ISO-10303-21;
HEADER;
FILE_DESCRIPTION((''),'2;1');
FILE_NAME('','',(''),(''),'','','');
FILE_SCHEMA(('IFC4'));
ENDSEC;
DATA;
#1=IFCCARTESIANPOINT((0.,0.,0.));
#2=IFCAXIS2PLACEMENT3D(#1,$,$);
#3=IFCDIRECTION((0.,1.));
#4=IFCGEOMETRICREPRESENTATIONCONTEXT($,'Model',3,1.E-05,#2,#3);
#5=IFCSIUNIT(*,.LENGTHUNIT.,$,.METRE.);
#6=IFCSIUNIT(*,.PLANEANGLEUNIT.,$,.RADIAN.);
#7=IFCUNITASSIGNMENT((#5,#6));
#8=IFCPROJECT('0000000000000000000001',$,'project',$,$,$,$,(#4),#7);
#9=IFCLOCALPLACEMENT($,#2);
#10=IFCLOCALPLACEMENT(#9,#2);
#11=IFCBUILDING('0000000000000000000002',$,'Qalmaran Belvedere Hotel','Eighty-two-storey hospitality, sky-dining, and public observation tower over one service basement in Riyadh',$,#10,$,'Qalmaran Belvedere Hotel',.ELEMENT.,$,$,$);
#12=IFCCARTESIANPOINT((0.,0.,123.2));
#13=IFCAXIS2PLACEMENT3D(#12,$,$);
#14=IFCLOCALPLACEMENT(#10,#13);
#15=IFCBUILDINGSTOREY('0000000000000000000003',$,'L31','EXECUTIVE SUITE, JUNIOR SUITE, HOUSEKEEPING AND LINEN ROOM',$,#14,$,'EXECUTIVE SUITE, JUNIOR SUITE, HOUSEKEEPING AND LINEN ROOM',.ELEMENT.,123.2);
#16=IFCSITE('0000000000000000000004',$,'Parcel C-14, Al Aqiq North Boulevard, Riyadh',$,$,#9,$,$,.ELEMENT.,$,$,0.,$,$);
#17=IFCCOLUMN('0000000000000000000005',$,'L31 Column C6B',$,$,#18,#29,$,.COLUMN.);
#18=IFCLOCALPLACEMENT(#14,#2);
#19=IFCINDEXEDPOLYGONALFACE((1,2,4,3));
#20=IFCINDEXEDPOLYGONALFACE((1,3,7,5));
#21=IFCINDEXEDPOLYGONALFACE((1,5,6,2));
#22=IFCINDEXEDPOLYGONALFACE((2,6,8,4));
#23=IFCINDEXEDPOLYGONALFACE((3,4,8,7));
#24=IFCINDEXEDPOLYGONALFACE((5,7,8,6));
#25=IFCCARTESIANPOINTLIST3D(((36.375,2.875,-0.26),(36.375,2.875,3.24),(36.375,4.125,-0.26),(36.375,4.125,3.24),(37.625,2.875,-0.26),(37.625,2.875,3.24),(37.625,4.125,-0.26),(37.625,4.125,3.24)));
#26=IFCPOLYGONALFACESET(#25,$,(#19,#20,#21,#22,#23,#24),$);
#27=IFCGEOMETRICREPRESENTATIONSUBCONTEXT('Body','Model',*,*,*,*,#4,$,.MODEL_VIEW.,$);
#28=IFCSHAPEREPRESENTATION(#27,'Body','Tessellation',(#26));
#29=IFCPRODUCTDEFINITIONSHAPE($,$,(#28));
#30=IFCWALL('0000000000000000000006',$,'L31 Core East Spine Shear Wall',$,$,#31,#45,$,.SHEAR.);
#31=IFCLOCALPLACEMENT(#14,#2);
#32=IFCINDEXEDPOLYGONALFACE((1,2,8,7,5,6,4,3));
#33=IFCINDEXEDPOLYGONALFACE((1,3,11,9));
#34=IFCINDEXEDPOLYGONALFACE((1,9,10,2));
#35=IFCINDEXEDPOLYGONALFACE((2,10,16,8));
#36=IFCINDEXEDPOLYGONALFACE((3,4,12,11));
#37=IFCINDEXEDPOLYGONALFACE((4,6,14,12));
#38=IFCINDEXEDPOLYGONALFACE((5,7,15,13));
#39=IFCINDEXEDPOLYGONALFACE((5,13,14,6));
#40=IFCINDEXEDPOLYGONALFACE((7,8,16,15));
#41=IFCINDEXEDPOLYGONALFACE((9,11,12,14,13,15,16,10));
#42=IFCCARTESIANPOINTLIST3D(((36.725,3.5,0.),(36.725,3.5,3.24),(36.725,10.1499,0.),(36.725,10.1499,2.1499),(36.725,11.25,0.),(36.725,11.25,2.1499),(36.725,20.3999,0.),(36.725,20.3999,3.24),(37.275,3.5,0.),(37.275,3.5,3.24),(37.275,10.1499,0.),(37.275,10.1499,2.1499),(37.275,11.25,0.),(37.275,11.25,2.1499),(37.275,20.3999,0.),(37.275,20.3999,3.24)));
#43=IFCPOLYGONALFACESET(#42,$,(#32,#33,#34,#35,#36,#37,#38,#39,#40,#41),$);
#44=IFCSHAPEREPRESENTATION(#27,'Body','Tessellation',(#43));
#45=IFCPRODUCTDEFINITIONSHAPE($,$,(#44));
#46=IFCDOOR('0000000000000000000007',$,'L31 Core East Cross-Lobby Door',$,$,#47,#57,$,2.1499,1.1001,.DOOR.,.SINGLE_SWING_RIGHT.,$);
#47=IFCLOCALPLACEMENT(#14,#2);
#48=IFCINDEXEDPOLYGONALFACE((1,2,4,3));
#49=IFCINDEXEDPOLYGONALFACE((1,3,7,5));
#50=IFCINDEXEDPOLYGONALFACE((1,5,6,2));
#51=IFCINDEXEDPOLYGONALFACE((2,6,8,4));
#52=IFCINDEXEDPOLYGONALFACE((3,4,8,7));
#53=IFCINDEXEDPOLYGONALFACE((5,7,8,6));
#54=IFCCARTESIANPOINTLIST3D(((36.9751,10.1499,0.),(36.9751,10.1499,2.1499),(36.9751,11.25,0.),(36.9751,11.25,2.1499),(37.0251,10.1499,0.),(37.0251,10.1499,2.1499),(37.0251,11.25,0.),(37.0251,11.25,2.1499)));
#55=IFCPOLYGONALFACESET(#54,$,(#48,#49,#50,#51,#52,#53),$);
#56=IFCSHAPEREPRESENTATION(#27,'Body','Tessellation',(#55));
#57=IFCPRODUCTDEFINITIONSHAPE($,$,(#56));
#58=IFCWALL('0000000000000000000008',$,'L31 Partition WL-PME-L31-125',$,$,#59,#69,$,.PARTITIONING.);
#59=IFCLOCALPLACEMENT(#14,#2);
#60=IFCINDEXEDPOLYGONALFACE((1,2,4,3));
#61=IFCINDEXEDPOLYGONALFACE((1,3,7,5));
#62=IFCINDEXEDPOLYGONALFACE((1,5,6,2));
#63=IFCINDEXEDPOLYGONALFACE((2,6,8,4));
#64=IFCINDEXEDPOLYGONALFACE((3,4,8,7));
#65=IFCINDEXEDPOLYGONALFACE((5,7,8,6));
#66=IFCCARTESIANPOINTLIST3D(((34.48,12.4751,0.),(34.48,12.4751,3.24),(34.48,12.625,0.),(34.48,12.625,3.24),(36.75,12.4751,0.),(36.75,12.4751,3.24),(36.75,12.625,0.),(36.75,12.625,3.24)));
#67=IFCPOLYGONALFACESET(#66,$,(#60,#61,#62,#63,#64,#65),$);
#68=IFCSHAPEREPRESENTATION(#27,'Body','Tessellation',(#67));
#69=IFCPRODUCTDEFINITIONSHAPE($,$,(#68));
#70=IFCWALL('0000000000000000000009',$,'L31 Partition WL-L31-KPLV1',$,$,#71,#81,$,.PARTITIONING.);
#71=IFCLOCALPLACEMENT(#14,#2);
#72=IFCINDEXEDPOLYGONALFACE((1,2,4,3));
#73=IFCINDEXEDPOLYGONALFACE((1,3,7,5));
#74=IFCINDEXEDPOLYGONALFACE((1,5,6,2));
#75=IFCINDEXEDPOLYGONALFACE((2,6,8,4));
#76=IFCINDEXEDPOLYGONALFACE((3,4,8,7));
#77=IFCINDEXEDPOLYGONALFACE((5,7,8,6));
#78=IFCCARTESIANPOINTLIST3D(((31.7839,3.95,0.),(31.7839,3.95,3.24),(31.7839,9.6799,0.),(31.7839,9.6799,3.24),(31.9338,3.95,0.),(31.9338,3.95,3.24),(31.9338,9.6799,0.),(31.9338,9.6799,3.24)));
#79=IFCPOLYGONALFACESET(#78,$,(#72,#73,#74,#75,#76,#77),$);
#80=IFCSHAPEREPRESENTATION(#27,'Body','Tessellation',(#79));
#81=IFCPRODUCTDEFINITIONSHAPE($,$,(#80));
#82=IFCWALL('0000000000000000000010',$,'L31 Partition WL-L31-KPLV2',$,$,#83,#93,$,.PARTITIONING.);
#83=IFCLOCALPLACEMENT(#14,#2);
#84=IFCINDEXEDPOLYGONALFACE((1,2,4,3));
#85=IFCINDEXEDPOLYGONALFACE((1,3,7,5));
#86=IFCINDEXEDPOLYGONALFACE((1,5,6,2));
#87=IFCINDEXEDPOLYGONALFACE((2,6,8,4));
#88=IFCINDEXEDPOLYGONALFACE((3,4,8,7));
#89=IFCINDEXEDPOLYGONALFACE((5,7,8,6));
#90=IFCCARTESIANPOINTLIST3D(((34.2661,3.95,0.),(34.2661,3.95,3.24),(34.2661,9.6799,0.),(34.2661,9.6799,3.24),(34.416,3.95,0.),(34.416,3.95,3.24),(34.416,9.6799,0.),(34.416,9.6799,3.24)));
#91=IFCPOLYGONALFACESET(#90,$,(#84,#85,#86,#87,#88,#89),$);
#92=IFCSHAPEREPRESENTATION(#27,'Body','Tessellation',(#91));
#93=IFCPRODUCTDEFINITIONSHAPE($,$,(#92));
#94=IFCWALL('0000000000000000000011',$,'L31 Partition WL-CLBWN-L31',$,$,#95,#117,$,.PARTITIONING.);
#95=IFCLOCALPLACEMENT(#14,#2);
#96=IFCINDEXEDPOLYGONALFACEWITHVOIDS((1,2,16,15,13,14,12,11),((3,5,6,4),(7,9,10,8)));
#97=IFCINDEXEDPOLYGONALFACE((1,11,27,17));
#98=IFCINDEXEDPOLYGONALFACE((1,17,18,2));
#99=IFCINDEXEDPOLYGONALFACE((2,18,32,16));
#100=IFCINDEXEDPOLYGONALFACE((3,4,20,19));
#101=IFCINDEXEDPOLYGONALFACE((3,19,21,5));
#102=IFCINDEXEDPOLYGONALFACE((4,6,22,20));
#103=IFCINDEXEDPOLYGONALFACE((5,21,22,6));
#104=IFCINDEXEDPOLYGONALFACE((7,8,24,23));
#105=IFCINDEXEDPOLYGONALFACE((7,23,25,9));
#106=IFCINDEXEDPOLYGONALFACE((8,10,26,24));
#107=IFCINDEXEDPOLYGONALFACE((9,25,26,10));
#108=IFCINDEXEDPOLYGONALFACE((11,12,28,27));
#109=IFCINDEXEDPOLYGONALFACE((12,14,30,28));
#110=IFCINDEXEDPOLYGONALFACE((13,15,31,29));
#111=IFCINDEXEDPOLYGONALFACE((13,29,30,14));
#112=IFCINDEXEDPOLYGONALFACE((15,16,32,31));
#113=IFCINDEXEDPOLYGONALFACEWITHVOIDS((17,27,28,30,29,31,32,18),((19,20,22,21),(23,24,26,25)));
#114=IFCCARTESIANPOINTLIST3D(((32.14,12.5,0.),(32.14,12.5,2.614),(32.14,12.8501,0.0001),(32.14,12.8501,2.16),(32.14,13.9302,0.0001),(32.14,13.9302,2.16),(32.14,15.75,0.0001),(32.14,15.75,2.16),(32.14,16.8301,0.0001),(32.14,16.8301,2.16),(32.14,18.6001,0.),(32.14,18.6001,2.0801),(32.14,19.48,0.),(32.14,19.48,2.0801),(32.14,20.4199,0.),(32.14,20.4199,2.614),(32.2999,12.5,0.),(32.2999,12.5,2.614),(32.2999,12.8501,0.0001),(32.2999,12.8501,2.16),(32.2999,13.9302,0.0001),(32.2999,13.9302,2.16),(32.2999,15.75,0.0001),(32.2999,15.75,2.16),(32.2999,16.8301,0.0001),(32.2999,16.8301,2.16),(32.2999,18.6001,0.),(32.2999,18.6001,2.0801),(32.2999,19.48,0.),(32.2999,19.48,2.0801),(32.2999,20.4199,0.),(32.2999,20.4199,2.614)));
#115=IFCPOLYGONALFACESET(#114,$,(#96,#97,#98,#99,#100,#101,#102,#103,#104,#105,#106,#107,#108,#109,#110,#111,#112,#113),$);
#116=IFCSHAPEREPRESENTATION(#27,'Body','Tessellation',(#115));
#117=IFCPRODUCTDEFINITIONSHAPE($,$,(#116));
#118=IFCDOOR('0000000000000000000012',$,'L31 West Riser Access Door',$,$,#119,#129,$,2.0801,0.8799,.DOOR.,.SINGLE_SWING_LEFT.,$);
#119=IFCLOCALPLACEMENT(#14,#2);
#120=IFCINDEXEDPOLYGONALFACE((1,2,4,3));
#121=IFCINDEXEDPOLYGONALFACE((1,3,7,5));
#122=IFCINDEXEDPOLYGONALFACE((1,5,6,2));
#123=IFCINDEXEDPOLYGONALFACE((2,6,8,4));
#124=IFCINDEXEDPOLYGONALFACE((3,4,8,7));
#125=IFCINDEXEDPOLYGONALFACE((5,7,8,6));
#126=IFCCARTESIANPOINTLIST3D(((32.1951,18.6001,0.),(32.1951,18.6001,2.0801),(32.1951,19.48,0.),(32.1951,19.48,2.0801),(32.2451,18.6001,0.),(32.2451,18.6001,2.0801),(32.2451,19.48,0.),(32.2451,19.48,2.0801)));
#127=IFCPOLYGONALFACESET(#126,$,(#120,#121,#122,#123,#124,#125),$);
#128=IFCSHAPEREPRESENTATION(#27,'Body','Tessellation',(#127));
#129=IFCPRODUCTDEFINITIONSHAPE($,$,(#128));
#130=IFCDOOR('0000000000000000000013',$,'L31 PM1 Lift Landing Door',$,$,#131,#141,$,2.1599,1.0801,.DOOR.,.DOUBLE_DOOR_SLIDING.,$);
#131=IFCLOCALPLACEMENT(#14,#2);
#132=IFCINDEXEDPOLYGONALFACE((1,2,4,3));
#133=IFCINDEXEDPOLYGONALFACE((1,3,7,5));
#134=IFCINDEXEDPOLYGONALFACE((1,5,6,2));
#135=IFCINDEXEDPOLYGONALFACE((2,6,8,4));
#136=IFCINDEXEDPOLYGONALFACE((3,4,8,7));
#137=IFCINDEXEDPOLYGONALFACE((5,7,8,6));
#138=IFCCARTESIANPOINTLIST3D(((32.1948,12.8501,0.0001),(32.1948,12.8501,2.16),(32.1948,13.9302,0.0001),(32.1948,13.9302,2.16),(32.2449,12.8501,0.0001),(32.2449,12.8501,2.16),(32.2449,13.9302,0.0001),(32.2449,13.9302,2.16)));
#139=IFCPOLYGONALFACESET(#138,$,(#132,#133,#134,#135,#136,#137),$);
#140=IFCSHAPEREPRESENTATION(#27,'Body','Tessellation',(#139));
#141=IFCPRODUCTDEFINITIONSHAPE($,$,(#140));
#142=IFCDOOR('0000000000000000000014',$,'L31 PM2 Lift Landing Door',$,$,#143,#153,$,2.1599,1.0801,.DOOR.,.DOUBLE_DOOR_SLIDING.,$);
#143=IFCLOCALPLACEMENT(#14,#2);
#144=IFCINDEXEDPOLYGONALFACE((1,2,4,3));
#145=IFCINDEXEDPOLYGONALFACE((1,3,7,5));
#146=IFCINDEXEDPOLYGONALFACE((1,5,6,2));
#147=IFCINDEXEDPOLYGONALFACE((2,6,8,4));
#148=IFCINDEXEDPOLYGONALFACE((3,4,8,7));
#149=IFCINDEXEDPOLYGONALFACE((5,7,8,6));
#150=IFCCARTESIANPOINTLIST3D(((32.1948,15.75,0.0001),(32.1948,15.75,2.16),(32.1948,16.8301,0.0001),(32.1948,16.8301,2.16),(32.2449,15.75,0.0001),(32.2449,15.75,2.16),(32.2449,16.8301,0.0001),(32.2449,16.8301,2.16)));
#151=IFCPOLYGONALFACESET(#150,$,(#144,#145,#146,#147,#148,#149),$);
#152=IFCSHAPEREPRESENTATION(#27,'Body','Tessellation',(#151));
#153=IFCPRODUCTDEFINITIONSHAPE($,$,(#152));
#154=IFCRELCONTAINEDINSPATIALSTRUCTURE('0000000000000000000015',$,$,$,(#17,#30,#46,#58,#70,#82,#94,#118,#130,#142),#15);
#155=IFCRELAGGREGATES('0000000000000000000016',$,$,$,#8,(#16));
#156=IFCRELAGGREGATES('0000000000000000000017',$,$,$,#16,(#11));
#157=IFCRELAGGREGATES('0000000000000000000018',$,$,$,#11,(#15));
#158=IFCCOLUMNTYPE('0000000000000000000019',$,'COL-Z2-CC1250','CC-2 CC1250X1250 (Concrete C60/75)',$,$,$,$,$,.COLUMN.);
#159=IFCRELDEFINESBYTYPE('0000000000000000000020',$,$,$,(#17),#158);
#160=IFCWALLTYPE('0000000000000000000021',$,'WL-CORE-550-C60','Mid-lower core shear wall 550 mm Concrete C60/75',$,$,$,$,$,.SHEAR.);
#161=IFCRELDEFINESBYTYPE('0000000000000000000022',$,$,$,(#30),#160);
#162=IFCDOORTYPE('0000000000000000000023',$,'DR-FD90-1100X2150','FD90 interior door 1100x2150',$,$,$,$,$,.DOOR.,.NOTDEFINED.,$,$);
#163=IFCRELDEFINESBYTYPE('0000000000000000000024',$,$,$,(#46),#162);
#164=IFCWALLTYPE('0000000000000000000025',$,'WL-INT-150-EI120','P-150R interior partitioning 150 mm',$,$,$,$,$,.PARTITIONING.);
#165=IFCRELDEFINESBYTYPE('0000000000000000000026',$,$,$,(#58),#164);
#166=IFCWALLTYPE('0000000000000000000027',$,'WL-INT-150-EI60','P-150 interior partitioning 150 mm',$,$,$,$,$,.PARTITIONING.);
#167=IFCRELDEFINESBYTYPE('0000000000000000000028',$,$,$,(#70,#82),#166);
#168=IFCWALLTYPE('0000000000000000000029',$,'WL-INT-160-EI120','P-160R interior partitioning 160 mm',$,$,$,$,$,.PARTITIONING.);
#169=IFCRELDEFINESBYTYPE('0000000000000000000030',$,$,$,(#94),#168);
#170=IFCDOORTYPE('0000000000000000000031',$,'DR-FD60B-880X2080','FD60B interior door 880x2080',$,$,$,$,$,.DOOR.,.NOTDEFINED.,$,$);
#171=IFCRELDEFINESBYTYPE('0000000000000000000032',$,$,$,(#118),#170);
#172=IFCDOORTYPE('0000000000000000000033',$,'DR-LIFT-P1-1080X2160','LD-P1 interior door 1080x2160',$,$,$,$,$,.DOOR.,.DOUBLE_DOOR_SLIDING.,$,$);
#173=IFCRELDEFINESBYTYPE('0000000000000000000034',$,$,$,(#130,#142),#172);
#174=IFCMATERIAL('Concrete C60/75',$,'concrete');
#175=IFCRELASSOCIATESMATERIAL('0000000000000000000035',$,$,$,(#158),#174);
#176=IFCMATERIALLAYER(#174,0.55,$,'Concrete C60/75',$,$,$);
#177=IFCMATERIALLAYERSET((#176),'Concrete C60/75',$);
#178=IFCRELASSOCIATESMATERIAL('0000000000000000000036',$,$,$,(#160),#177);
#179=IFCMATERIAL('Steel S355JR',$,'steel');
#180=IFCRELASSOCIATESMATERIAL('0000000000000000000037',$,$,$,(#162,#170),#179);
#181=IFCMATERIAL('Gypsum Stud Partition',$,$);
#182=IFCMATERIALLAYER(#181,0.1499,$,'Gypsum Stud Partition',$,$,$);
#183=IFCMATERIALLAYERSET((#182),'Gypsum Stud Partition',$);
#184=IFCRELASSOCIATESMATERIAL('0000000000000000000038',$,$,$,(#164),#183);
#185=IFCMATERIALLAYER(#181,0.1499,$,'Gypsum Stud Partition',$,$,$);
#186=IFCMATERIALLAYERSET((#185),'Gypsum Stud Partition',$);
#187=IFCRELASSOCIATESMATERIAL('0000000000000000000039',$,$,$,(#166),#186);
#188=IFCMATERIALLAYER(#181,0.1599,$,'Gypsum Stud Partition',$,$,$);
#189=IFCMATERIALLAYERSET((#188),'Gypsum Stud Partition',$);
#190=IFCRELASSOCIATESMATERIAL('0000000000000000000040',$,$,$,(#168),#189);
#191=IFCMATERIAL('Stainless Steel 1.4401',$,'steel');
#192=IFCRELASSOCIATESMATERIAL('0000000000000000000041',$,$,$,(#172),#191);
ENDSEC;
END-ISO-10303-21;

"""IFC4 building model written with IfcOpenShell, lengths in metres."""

from ifc_helpers import new_model, si_unit, direction, frame, frame_2d, origin, origin_2d, place, context, subcontext, project, spatial, rectangle, extrude, material, layer, layer_set, material_profile, profile_set, type_object, element, fill, save


model = new_model("IFC4")

# Units and contexts
model_context = context("Model", 3, precision=1e-05, world=origin(), true_north=direction((0.0, 1.0)))
body_context = subcontext(model_context, "Body", "Model", "MODEL_VIEW")
ifc_project = project(units=[si_unit("LENGTHUNIT", "METRE"), si_unit("PLANEANGLEUNIT", "RADIAN")], contexts=[model_context])

# Site, building, storey
site_placement = place(None, origin())
site = spatial("IfcSite", under=ifc_project, at=site_placement, Name="Parcel C-14, Al Aqiq North Boulevard, Riyadh", CompositionType="ELEMENT", RefElevation=0.0)
building_placement = place(site_placement, origin())
building = spatial("IfcBuilding", under=site, at=building_placement, Name="Qalmaran Belvedere Hotel", Description="Eighty-two-storey hospitality, sky-dining, and public observation tower over one service basement in Riyadh", LongName="Qalmaran Belvedere Hotel", CompositionType="ELEMENT")
storey_placement = place(building_placement, frame((0.0, 0.0, 123.2)))
storey = spatial("IfcBuildingStorey", under=building, at=storey_placement, Name="L31", Description="EXECUTIVE SUITE, JUNIOR SUITE, HOUSEKEEPING AND LINEN ROOM", LongName="EXECUTIVE SUITE, JUNIOR SUITE, HOUSEKEEPING AND LINEN ROOM", CompositionType="ELEMENT", Elevation=123.2)

# Column
ifc_material_1 = material(Name="Concrete C60/75", Category="concrete")
ifc_material_profile = material_profile(ifc_material_1, rectangle(XDim=1.25, YDim=1.25, at=origin_2d()), Name="CC1250X1250")
ifc_profile_set = profile_set([ifc_material_profile], Name="Concrete C60/75")
column_type = type_object("IfcColumnType", Name="COL-Z2-CC1250", Description="CC-2 CC1250X1250 (Concrete C60/75)", PredefinedType="COLUMN", material=ifc_profile_set)
column_placement = place(storey_placement, frame((37.0, 3.5, -0.26), z_axis=(0.0, 0.0, 1.0), x_axis=(1.0, 0.0, 0.0)))
element("IfcColumn", 1, at=column_placement, inside=storey, type_object=column_type, Name="L31 Column C6B", PredefinedType="COLUMN", context=body_context, shape_type="SweptSolid", body=[
    extrude(rectangle(XDim=1.25, YDim=1.25, at=origin_2d()), origin(), (0.0, 0.0, 1.0), 3.5),
])

# Wall, opening, door
ifc_layer_1 = layer(ifc_material_1, 0.55, Name="Concrete C60/75")
ifc_layer_set_1 = layer_set([ifc_layer_1], Name="Concrete C60/75")
wall_type_1 = type_object("IfcWallType", Name="WL-CORE-550-C60", Description="Mid-lower core shear wall 550 mm Concrete C60/75", PredefinedType="SHEAR", material=ifc_layer_set_1)
wall_1_placement = place(storey_placement, frame((37.0, 3.5, 0.0), z_axis=(0.0, 0.0, 1.0), x_axis=(0.0, 1.0, 0.0)))
wall_1 = element("IfcWall", 2, at=wall_1_placement, inside=storey, type_object=wall_type_1, Name="L31 Core East Spine Shear Wall", PredefinedType="SHEAR", context=body_context, shape_type="SweptSolid", body=[
    extrude(rectangle(XDim=16.8999, YDim=0.55, at=frame_2d((8.45, 0.0))), origin(), (0.0, 0.0, 1.0), 3.24),
])
opening_1_placement = place(wall_1_placement, frame((6.6499, 0.0, 0.0)))
opening_1 = element("IfcOpeningElement", 3, at=opening_1_placement, cuts=wall_1, PredefinedType="OPENING", context=body_context, shape_type="SweptSolid", body=[
    extrude(rectangle(XDim=1.1001, YDim=2.1499, at=frame_2d((0.55, 1.075))), frame((0.0, 0.2852, 0.0), z_axis=(0.0, -1.0, 0.0), x_axis=(1.0, 0.0, 0.0)), (0.0, 0.0, 1.0), 0.5701),
])
ifc_material_2 = material(Name="Steel S355JR", Category="steel")
door_type_1 = type_object("IfcDoorType", Name="DR-FD90-1100X2150", Description="FD90 interior door 1100x2150", OperationType="NOTDEFINED", PredefinedType="DOOR", material=ifc_material_2)
door_1_placement = place(opening_1_placement, origin())
door_1 = element("IfcDoor", 4, at=door_1_placement, inside=storey, type_object=door_type_1, Name="L31 Core East Cross-Lobby Door", OperationType="SINGLE_SWING_RIGHT", OverallHeight=2.1499, OverallWidth=1.1001, PredefinedType="DOOR", context=body_context, shape_type="SweptSolid", body=[
    extrude(rectangle(XDim=1.1001, YDim=2.1499, at=frame_2d((0.55, 1.075))), frame((0.0, 0.0249, 0.0), z_axis=(0.0, -1.0, 0.0), x_axis=(1.0, 0.0, 0.0)), (0.0, 0.0, 1.0), 0.05),
])
fill(opening_1, door_1)

# Walls
ifc_material_3 = material(Name="Gypsum Stud Partition")
ifc_layer_2 = layer(ifc_material_3, 0.1499, Name="Gypsum Stud Partition")
ifc_layer_set_2 = layer_set([ifc_layer_2], Name="Gypsum Stud Partition")
wall_type_2 = type_object("IfcWallType", Name="WL-INT-150-EI120", Description="P-150R interior partitioning 150 mm", PredefinedType="PARTITIONING", material=ifc_layer_set_2)
wall_2_placement = place(storey_placement, frame((34.48, 12.55, 0.0), z_axis=(0.0, 0.0, 1.0), x_axis=(1.0, 0.0, 0.0)))
element("IfcWall", 5, at=wall_2_placement, inside=storey, type_object=wall_type_2, Name="L31 Partition WL-PME-L31-125", PredefinedType="PARTITIONING", context=body_context, shape_type="SweptSolid", body=[
    extrude(rectangle(XDim=2.27, YDim=0.1499, at=frame_2d((1.135, 0.0))), origin(), (0.0, 0.0, 1.0), 3.24),
])
ifc_layer_3 = layer(ifc_material_3, 0.1499, Name="Gypsum Stud Partition")
ifc_layer_set_3 = layer_set([ifc_layer_3], Name="Gypsum Stud Partition")
wall_type_3 = type_object("IfcWallType", Name="WL-INT-150-EI60", Description="P-150 interior partitioning 150 mm", PredefinedType="PARTITIONING", material=ifc_layer_set_3)
for number, where, z_axis, x_axis, name in (
    (6, (31.8589, 3.95, 0.0), (0.0, 0.0, 1.0), (0.0, 1.0, 0.0), "L31 Partition WL-L31-KPLV1"),
    (7, (34.3411, 3.95, 0.0), (0.0, 0.0, 1.0), (0.0, 1.0, 0.0), "L31 Partition WL-L31-KPLV2"),
):
    element("IfcWall", number, at=place(storey_placement, frame(where, z_axis=z_axis, x_axis=x_axis)), inside=storey, type_object=wall_type_3, Name=name, PredefinedType="PARTITIONING", context=body_context, shape_type="SweptSolid", body=[
        extrude(rectangle(XDim=5.73, YDim=0.1499, at=frame_2d((2.865, 0.0))), origin(), (0.0, 0.0, 1.0), 3.24),
    ])

# Wall, openings, doors
ifc_layer_4 = layer(ifc_material_3, 0.1599, Name="Gypsum Stud Partition")
ifc_layer_set_4 = layer_set([ifc_layer_4], Name="Gypsum Stud Partition")
wall_type_4 = type_object("IfcWallType", Name="WL-INT-160-EI120", Description="P-160R interior partitioning 160 mm", PredefinedType="PARTITIONING", material=ifc_layer_set_4)
wall_3_placement = place(storey_placement, frame((32.22, 12.5, 0.0), z_axis=(0.0, 0.0, 1.0), x_axis=(0.0, 1.0, 0.0)))
wall_3 = element("IfcWall", 8, at=wall_3_placement, inside=storey, type_object=wall_type_4, Name="L31 Partition WL-CLBWN-L31", PredefinedType="PARTITIONING", context=body_context, shape_type="SweptSolid", body=[
    extrude(rectangle(XDim=7.9199, YDim=0.1599, at=frame_2d((3.96, 0.0))), origin(), (0.0, 0.0, 1.0), 2.614),
])
opening_2_placement = place(wall_3_placement, frame((1.4302, 0.0, 0.0), z_axis=(0.0, 0.0, 1.0), x_axis=(-1.0, 0.0, 0.0)))
opening_2 = element("IfcOpeningElement", 9, at=opening_2_placement, cuts=wall_3, PredefinedType="OPENING", context=body_context, shape_type="SweptSolid", body=[
    extrude(rectangle(XDim=1.0801, YDim=2.1599, at=frame_2d((0.54, 1.0801))), frame((0.0, 0.0898, 0.0), z_axis=(0.0, -1.0, 0.0), x_axis=(1.0, 0.0, 0.0)), (0.0, 0.0, 1.0), 0.1799),
])
opening_3_placement = place(wall_3_placement, frame((4.3301, 0.0, 0.0), z_axis=(0.0, 0.0, 1.0), x_axis=(-1.0, 0.0, 0.0)))
opening_3 = element("IfcOpeningElement", 10, at=opening_3_placement, cuts=wall_3, PredefinedType="OPENING", context=body_context, shape_type="SweptSolid", body=[
    extrude(rectangle(XDim=1.0801, YDim=2.1599, at=frame_2d((0.54, 1.0801))), frame((0.0, 0.0898, 0.0), z_axis=(0.0, -1.0, 0.0), x_axis=(1.0, 0.0, 0.0)), (0.0, 0.0, 1.0), 0.1799),
])
opening_4_placement = place(wall_3_placement, frame((6.1001, 0.0, 0.0)))
opening_4 = element("IfcOpeningElement", 11, at=opening_4_placement, cuts=wall_3, PredefinedType="OPENING", context=body_context, shape_type="SweptSolid", body=[
    extrude(rectangle(XDim=0.8799, YDim=2.0801, at=frame_2d((0.4399, 1.04))), frame((0.0, 0.0898, 0.0), z_axis=(0.0, -1.0, 0.0), x_axis=(1.0, 0.0, 0.0)), (0.0, 0.0, 1.0), 0.1799),
])
door_type_2 = type_object("IfcDoorType", Name="DR-FD60B-880X2080", Description="FD60B interior door 880x2080", OperationType="NOTDEFINED", PredefinedType="DOOR", material=ifc_material_2)
door_2_placement = place(opening_4_placement, origin())
door_2 = element("IfcDoor", 12, at=door_2_placement, inside=storey, type_object=door_type_2, Name="L31 West Riser Access Door", OperationType="SINGLE_SWING_LEFT", OverallHeight=2.0801, OverallWidth=0.8799, PredefinedType="DOOR", context=body_context, shape_type="SweptSolid", body=[
    extrude(rectangle(XDim=0.8799, YDim=2.0801, at=frame_2d((0.4399, 1.04))), frame((0.0, 0.0249, 0.0), z_axis=(0.0, -1.0, 0.0), x_axis=(1.0, 0.0, 0.0)), (0.0, 0.0, 1.0), 0.05),
])
fill(opening_4, door_2)
ifc_material_4 = material(Name="Stainless Steel 1.4401", Category="steel")
door_type_3 = type_object("IfcDoorType", Name="DR-LIFT-P1-1080X2160", Description="LD-P1 interior door 1080x2160", OperationType="DOUBLE_DOOR_SLIDING", PredefinedType="DOOR", material=ifc_material_4)
door_3_placement = place(opening_2_placement, origin())
door_3 = element("IfcDoor", 13, at=door_3_placement, inside=storey, type_object=door_type_3, Name="L31 PM1 Lift Landing Door", OperationType="DOUBLE_DOOR_SLIDING", OverallHeight=2.1599, OverallWidth=1.0801, PredefinedType="DOOR", context=body_context, shape_type="SweptSolid", body=[
    extrude(rectangle(XDim=1.0801, YDim=2.1599, at=frame_2d((0.54, 1.0801))), frame((0.0, 0.0249, 0.0), z_axis=(0.0, -1.0, 0.0), x_axis=(1.0, 0.0, 0.0)), (0.0, 0.0, 1.0), 0.05),
])
fill(opening_2, door_3)
door_4_placement = place(opening_3_placement, origin())
door_4 = element("IfcDoor", 14, at=door_4_placement, inside=storey, type_object=door_type_3, Name="L31 PM2 Lift Landing Door", OperationType="DOUBLE_DOOR_SLIDING", OverallHeight=2.1599, OverallWidth=1.0801, PredefinedType="DOOR", context=body_context, shape_type="SweptSolid", body=[
    extrude(rectangle(XDim=1.0801, YDim=2.1599, at=frame_2d((0.54, 1.0801))), frame((0.0, 0.0249, 0.0), z_axis=(0.0, -1.0, 0.0), x_axis=(1.0, 0.0, 0.0)), (0.0, 0.0, 1.0), 0.05),
])
fill(opening_3, door_4)

save(model, "model.ifc")
